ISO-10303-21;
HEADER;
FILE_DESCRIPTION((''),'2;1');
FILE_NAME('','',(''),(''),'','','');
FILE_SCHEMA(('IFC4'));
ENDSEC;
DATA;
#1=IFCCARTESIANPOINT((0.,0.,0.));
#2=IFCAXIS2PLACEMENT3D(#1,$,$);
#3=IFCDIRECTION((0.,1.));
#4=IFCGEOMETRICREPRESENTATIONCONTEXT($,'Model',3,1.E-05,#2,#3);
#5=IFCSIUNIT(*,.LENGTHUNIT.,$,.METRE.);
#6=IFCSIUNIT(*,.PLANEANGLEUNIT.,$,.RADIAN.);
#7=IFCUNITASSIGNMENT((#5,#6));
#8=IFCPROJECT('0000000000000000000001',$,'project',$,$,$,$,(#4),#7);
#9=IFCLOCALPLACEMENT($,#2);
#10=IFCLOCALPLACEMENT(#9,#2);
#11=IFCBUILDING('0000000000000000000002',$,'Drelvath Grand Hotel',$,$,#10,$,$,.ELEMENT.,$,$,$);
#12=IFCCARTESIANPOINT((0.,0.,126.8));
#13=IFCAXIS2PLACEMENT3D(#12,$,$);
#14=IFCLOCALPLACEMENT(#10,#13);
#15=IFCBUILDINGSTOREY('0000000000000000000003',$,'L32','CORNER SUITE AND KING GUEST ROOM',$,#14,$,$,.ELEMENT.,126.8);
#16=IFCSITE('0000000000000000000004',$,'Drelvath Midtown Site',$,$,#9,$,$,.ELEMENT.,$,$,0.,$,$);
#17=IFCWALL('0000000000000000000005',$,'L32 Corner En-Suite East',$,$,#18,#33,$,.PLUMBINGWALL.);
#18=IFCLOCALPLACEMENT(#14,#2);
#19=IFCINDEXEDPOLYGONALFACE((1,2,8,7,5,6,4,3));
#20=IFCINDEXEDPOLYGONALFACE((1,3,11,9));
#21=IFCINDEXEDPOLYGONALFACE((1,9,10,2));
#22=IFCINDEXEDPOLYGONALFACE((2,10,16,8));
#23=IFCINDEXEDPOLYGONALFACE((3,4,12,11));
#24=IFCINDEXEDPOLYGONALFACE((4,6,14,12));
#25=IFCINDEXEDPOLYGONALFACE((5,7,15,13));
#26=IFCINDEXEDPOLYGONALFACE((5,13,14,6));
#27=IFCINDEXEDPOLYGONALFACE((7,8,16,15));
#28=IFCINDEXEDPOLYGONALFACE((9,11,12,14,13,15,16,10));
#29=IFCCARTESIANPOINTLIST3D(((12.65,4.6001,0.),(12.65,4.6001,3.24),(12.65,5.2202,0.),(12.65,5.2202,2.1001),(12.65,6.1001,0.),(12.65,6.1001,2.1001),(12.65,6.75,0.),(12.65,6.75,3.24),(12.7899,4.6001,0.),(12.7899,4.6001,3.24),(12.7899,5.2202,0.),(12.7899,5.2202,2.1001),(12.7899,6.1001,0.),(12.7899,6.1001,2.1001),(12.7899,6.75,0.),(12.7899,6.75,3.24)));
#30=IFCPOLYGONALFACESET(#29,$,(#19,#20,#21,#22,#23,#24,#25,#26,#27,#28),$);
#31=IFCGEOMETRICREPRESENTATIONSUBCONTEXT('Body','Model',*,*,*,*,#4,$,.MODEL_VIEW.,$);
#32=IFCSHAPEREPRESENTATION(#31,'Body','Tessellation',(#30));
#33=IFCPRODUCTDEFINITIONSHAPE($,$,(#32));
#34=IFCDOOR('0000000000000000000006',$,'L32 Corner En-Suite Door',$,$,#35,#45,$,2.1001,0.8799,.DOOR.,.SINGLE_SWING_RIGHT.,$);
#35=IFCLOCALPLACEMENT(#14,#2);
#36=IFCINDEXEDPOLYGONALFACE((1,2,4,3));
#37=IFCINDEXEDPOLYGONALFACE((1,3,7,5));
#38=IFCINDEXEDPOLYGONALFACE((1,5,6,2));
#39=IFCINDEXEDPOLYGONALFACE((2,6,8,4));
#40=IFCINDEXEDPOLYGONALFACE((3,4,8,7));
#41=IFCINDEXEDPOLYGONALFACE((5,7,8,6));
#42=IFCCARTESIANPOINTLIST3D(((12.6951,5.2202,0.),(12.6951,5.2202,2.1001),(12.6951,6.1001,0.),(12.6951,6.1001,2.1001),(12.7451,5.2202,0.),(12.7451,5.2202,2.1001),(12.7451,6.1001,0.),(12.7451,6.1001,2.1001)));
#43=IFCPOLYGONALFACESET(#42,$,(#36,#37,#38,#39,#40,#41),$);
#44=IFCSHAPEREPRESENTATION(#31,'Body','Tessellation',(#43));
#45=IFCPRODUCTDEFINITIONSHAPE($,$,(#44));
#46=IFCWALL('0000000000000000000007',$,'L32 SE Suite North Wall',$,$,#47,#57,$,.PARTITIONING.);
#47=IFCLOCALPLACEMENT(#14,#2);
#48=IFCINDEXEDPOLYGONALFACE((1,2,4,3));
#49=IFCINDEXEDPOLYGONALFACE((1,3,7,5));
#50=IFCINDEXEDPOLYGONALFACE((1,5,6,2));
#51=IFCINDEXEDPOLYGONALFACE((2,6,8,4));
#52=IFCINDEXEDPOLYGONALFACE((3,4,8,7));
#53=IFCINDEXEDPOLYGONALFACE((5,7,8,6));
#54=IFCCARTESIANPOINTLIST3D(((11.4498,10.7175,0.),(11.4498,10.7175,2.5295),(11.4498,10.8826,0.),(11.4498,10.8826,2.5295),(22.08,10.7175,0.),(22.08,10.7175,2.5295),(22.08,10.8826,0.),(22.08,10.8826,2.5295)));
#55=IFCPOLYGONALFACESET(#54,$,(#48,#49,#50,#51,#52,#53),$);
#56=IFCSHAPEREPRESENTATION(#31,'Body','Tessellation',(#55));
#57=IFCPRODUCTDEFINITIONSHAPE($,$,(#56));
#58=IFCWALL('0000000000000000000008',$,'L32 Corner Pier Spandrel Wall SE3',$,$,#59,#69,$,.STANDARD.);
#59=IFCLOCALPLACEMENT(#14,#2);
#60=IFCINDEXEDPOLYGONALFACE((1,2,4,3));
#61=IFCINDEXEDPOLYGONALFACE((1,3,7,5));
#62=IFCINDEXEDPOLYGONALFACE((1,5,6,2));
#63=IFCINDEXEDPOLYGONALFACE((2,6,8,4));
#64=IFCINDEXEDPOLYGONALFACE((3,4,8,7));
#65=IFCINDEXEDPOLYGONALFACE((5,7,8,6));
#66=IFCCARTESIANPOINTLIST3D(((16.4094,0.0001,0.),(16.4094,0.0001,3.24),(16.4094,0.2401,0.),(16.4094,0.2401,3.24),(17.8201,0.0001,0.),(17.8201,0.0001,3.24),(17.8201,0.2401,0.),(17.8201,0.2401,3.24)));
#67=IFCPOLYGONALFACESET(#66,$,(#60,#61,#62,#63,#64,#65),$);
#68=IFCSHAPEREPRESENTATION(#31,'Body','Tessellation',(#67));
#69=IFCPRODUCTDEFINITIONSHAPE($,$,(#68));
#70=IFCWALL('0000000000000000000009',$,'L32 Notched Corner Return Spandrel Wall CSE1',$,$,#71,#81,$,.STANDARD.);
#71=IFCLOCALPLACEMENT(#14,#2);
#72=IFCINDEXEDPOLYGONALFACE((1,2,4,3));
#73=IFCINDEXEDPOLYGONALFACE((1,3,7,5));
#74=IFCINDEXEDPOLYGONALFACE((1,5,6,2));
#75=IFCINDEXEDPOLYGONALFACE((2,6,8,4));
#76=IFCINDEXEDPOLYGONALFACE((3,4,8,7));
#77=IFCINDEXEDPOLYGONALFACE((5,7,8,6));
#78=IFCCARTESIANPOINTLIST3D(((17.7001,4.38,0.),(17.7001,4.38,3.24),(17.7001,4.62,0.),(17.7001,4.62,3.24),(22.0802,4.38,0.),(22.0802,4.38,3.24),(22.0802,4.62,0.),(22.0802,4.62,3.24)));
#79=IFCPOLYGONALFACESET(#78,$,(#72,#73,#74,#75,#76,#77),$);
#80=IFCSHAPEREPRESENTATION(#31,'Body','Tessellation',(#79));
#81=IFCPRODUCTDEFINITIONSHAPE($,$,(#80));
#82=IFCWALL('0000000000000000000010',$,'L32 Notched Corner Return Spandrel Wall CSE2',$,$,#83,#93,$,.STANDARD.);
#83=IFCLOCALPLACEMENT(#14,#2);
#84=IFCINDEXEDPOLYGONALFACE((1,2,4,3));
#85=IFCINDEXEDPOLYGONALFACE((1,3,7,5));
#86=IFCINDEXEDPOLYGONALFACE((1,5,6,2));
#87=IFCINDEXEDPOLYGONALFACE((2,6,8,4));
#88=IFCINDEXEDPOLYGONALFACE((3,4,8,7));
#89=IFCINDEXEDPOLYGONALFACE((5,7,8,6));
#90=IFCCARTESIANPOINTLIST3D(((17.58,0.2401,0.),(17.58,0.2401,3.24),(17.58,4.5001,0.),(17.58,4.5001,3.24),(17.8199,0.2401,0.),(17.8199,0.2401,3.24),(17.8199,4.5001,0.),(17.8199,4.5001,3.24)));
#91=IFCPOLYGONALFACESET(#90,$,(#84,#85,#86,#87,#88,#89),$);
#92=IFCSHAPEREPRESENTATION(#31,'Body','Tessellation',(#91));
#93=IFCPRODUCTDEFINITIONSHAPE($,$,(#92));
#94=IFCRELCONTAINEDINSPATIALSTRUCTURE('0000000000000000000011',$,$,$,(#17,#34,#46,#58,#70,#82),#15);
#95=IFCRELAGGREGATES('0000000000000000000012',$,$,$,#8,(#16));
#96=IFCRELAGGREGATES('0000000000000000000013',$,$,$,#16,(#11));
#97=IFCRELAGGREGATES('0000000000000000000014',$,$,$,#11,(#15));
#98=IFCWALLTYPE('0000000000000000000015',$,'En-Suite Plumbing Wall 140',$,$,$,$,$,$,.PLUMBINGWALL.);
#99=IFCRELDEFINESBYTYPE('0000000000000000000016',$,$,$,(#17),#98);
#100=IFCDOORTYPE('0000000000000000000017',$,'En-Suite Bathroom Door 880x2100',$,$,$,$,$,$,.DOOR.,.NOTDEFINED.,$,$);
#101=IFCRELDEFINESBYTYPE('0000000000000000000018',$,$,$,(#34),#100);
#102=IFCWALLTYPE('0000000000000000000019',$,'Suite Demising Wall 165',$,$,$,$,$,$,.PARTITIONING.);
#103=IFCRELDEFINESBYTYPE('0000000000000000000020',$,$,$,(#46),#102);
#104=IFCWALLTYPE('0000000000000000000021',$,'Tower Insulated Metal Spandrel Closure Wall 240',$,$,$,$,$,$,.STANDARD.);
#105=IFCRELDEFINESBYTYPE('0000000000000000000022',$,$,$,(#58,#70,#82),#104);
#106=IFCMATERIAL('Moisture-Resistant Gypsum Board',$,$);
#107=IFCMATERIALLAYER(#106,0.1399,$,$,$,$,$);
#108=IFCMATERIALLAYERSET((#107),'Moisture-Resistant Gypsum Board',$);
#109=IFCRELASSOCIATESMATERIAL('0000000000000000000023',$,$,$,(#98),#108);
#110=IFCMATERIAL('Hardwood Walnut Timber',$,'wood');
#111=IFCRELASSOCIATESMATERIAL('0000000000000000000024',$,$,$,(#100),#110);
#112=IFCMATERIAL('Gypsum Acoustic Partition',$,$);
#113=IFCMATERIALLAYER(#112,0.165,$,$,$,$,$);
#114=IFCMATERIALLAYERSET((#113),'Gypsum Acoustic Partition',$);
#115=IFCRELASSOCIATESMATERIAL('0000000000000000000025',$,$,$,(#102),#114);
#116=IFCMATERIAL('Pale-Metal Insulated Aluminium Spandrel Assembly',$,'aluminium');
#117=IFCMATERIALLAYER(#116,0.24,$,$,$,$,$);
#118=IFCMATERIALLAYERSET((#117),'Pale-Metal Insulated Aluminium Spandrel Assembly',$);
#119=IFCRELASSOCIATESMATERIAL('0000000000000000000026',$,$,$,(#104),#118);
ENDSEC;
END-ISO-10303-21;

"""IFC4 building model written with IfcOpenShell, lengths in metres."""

from ifc_helpers import new_model, si_unit, direction, frame, frame_2d, origin, place, context, subcontext, project, spatial, rectangle, extrude, material, layer, layer_set, type_object, element, fill, save


model = new_model("IFC4")

# Units and contexts
model_context = context("Model", 3, precision=1e-05, world=origin(), true_north=direction((0.0, 1.0)))
body_context = subcontext(model_context, "Body", "Model", "MODEL_VIEW")
ifc_project = project(units=[si_unit("LENGTHUNIT", "METRE"), si_unit("PLANEANGLEUNIT", "RADIAN")], contexts=[model_context])

# Site, building, storey
site_placement = place(None, origin())
site = spatial("IfcSite", under=ifc_project, at=site_placement, Name="Drelvath Midtown Site", CompositionType="ELEMENT", RefElevation=0.0)
building_placement = place(site_placement, origin())
building = spatial("IfcBuilding", under=site, at=building_placement, Name="Drelvath Grand Hotel", CompositionType="ELEMENT")
storey_placement = place(building_placement, frame((0.0, 0.0, 126.8)))
storey = spatial("IfcBuildingStorey", under=building, at=storey_placement, Name="L32", Description="CORNER SUITE AND KING GUEST ROOM", CompositionType="ELEMENT", Elevation=126.8)

# Shared definitions
ifc_material_1 = material(Name="Hardwood Walnut Timber", Category="wood")

# Shared definitions
ifc_material_2 = material(Name="Moisture-Resistant Gypsum Board")
ifc_layer_1 = layer(ifc_material_2, 0.1399)
ifc_layer_set_1 = layer_set([ifc_layer_1], Name="Moisture-Resistant Gypsum Board")
wall_type_1 = type_object("IfcWallType", Name="En-Suite Plumbing Wall 140", PredefinedType="PLUMBINGWALL", material=ifc_layer_set_1)

# Wall, opening, door
wall_1_placement = place(storey_placement, frame((12.72, 4.6001, 0.0), z_axis=(0.0, 0.0, 1.0), x_axis=(0.0, 1.0, 0.0)))
wall_1 = element("IfcWall", 1, at=wall_1_placement, inside=storey, type_object=wall_type_1, Name="L32 Corner En-Suite East", PredefinedType="PLUMBINGWALL", context=body_context, shape_type="SweptSolid", body=[
    extrude(rectangle(XDim=2.1499, YDim=0.1399, at=frame_2d((1.075, 0.0))), origin(), (0.0, 0.0, 1.0), 3.24),
])
opening_1_placement = place(wall_1_placement, frame((0.6201, 0.0, 0.0)))
opening_1 = element("IfcOpeningElement", 2, at=opening_1_placement, cuts=wall_1, PredefinedType="OPENING", context=body_context, shape_type="SweptSolid", body=[
    extrude(rectangle(XDim=0.8799, YDim=2.1001, at=frame_2d((0.4399, 1.05))), frame((0.0, 0.0798, 0.0), z_axis=(0.0, -1.0, 0.0), x_axis=(1.0, 0.0, 0.0)), (0.0, 0.0, 1.0), 0.1599),
])
door_type_1 = type_object("IfcDoorType", Name="En-Suite Bathroom Door 880x2100", OperationType="NOTDEFINED", PredefinedType="DOOR", material=ifc_material_1)
door_1_placement = place(opening_1_placement, origin())
door_1 = element("IfcDoor", 3, at=door_1_placement, inside=storey, type_object=door_type_1, Name="L32 Corner En-Suite Door", OperationType="SINGLE_SWING_RIGHT", OverallHeight=2.1001, OverallWidth=0.8799, PredefinedType="DOOR", context=body_context, shape_type="SweptSolid", body=[
    extrude(rectangle(XDim=0.8799, YDim=2.1001, at=frame_2d((0.4399, 1.05))), frame((0.0, 0.0249, 0.0), z_axis=(0.0, -1.0, 0.0), x_axis=(1.0, 0.0, 0.0)), (0.0, 0.0, 1.0), 0.05),
])
fill(opening_1, door_1)

# Walls
ifc_material_3 = material(Name="Gypsum Acoustic Partition")
ifc_layer_2 = layer(ifc_material_3, 0.165)
ifc_layer_set_2 = layer_set([ifc_layer_2], Name="Gypsum Acoustic Partition")
wall_type_2 = type_object("IfcWallType", Name="Suite Demising Wall 165", PredefinedType="PARTITIONING", material=ifc_layer_set_2)
wall_2_placement = place(storey_placement, frame((11.45, 10.8, 0.0), z_axis=(0.0, 0.0, 1.0), x_axis=(1.0, 0.0, 0.0)))
element("IfcWall", 4, at=wall_2_placement, inside=storey, type_object=wall_type_2, Name="L32 SE Suite North Wall", PredefinedType="PARTITIONING", context=body_context, shape_type="SweptSolid", body=[
    extrude(rectangle(XDim=10.6301, YDim=0.165, at=frame_2d((5.3149, 0.0))), origin(), (0.0, 0.0, 1.0), 2.5295),
])
ifc_material_4 = material(Name="Pale-Metal Insulated Aluminium Spandrel Assembly", Category="aluminium")
ifc_layer_3 = layer(ifc_material_4, 0.24)
ifc_layer_set_3 = layer_set([ifc_layer_3], Name="Pale-Metal Insulated Aluminium Spandrel Assembly")
wall_type_3 = type_object("IfcWallType", Name="Tower Insulated Metal Spandrel Closure Wall 240", PredefinedType="STANDARD", material=ifc_layer_set_3)
wall_3_placement = place(storey_placement, frame((17.8201, 0.1201, 0.0), z_axis=(0.0, 0.0, 1.0), x_axis=(-1.0, 0.0, 0.0)))
element("IfcWall", 5, at=wall_3_placement, inside=storey, type_object=wall_type_3, Name="L32 Corner Pier Spandrel Wall SE3", PredefinedType="STANDARD", context=body_context, shape_type="SweptSolid", body=[
    extrude(rectangle(XDim=1.4106, YDim=0.24, at=frame_2d((0.7053, 0.0))), origin(), (0.0, 0.0, 1.0), 3.24),
])
wall_4_placement = place(storey_placement, frame((22.0801, 4.5, 0.0), z_axis=(0.0, 0.0, 1.0), x_axis=(-1.0, 0.0, 0.0)))
element("IfcWall", 6, at=wall_4_placement, inside=storey, type_object=wall_type_3, Name="L32 Notched Corner Return Spandrel Wall CSE1", PredefinedType="STANDARD", context=body_context, shape_type="SweptSolid", body=[
    extrude(rectangle(XDim=4.3801, YDim=0.24, at=frame_2d((2.1899, 0.0))), origin(), (0.0, 0.0, 1.0), 3.24),
])
wall_5_placement = place(storey_placement, frame((17.7, 4.5, 0.0), z_axis=(0.0, 0.0, 1.0), x_axis=(0.0, -1.0, 0.0)))
element("IfcWall", 7, at=wall_5_placement, inside=storey, type_object=wall_type_3, Name="L32 Notched Corner Return Spandrel Wall CSE2", PredefinedType="STANDARD", context=body_context, shape_type="SweptSolid", body=[
    extrude(rectangle(XDim=4.26, YDim=0.24, at=frame_2d((2.1299, 0.0))), origin(), (0.0, 0.0, 1.0), 3.24),
])

save(model, "model.ifc")
